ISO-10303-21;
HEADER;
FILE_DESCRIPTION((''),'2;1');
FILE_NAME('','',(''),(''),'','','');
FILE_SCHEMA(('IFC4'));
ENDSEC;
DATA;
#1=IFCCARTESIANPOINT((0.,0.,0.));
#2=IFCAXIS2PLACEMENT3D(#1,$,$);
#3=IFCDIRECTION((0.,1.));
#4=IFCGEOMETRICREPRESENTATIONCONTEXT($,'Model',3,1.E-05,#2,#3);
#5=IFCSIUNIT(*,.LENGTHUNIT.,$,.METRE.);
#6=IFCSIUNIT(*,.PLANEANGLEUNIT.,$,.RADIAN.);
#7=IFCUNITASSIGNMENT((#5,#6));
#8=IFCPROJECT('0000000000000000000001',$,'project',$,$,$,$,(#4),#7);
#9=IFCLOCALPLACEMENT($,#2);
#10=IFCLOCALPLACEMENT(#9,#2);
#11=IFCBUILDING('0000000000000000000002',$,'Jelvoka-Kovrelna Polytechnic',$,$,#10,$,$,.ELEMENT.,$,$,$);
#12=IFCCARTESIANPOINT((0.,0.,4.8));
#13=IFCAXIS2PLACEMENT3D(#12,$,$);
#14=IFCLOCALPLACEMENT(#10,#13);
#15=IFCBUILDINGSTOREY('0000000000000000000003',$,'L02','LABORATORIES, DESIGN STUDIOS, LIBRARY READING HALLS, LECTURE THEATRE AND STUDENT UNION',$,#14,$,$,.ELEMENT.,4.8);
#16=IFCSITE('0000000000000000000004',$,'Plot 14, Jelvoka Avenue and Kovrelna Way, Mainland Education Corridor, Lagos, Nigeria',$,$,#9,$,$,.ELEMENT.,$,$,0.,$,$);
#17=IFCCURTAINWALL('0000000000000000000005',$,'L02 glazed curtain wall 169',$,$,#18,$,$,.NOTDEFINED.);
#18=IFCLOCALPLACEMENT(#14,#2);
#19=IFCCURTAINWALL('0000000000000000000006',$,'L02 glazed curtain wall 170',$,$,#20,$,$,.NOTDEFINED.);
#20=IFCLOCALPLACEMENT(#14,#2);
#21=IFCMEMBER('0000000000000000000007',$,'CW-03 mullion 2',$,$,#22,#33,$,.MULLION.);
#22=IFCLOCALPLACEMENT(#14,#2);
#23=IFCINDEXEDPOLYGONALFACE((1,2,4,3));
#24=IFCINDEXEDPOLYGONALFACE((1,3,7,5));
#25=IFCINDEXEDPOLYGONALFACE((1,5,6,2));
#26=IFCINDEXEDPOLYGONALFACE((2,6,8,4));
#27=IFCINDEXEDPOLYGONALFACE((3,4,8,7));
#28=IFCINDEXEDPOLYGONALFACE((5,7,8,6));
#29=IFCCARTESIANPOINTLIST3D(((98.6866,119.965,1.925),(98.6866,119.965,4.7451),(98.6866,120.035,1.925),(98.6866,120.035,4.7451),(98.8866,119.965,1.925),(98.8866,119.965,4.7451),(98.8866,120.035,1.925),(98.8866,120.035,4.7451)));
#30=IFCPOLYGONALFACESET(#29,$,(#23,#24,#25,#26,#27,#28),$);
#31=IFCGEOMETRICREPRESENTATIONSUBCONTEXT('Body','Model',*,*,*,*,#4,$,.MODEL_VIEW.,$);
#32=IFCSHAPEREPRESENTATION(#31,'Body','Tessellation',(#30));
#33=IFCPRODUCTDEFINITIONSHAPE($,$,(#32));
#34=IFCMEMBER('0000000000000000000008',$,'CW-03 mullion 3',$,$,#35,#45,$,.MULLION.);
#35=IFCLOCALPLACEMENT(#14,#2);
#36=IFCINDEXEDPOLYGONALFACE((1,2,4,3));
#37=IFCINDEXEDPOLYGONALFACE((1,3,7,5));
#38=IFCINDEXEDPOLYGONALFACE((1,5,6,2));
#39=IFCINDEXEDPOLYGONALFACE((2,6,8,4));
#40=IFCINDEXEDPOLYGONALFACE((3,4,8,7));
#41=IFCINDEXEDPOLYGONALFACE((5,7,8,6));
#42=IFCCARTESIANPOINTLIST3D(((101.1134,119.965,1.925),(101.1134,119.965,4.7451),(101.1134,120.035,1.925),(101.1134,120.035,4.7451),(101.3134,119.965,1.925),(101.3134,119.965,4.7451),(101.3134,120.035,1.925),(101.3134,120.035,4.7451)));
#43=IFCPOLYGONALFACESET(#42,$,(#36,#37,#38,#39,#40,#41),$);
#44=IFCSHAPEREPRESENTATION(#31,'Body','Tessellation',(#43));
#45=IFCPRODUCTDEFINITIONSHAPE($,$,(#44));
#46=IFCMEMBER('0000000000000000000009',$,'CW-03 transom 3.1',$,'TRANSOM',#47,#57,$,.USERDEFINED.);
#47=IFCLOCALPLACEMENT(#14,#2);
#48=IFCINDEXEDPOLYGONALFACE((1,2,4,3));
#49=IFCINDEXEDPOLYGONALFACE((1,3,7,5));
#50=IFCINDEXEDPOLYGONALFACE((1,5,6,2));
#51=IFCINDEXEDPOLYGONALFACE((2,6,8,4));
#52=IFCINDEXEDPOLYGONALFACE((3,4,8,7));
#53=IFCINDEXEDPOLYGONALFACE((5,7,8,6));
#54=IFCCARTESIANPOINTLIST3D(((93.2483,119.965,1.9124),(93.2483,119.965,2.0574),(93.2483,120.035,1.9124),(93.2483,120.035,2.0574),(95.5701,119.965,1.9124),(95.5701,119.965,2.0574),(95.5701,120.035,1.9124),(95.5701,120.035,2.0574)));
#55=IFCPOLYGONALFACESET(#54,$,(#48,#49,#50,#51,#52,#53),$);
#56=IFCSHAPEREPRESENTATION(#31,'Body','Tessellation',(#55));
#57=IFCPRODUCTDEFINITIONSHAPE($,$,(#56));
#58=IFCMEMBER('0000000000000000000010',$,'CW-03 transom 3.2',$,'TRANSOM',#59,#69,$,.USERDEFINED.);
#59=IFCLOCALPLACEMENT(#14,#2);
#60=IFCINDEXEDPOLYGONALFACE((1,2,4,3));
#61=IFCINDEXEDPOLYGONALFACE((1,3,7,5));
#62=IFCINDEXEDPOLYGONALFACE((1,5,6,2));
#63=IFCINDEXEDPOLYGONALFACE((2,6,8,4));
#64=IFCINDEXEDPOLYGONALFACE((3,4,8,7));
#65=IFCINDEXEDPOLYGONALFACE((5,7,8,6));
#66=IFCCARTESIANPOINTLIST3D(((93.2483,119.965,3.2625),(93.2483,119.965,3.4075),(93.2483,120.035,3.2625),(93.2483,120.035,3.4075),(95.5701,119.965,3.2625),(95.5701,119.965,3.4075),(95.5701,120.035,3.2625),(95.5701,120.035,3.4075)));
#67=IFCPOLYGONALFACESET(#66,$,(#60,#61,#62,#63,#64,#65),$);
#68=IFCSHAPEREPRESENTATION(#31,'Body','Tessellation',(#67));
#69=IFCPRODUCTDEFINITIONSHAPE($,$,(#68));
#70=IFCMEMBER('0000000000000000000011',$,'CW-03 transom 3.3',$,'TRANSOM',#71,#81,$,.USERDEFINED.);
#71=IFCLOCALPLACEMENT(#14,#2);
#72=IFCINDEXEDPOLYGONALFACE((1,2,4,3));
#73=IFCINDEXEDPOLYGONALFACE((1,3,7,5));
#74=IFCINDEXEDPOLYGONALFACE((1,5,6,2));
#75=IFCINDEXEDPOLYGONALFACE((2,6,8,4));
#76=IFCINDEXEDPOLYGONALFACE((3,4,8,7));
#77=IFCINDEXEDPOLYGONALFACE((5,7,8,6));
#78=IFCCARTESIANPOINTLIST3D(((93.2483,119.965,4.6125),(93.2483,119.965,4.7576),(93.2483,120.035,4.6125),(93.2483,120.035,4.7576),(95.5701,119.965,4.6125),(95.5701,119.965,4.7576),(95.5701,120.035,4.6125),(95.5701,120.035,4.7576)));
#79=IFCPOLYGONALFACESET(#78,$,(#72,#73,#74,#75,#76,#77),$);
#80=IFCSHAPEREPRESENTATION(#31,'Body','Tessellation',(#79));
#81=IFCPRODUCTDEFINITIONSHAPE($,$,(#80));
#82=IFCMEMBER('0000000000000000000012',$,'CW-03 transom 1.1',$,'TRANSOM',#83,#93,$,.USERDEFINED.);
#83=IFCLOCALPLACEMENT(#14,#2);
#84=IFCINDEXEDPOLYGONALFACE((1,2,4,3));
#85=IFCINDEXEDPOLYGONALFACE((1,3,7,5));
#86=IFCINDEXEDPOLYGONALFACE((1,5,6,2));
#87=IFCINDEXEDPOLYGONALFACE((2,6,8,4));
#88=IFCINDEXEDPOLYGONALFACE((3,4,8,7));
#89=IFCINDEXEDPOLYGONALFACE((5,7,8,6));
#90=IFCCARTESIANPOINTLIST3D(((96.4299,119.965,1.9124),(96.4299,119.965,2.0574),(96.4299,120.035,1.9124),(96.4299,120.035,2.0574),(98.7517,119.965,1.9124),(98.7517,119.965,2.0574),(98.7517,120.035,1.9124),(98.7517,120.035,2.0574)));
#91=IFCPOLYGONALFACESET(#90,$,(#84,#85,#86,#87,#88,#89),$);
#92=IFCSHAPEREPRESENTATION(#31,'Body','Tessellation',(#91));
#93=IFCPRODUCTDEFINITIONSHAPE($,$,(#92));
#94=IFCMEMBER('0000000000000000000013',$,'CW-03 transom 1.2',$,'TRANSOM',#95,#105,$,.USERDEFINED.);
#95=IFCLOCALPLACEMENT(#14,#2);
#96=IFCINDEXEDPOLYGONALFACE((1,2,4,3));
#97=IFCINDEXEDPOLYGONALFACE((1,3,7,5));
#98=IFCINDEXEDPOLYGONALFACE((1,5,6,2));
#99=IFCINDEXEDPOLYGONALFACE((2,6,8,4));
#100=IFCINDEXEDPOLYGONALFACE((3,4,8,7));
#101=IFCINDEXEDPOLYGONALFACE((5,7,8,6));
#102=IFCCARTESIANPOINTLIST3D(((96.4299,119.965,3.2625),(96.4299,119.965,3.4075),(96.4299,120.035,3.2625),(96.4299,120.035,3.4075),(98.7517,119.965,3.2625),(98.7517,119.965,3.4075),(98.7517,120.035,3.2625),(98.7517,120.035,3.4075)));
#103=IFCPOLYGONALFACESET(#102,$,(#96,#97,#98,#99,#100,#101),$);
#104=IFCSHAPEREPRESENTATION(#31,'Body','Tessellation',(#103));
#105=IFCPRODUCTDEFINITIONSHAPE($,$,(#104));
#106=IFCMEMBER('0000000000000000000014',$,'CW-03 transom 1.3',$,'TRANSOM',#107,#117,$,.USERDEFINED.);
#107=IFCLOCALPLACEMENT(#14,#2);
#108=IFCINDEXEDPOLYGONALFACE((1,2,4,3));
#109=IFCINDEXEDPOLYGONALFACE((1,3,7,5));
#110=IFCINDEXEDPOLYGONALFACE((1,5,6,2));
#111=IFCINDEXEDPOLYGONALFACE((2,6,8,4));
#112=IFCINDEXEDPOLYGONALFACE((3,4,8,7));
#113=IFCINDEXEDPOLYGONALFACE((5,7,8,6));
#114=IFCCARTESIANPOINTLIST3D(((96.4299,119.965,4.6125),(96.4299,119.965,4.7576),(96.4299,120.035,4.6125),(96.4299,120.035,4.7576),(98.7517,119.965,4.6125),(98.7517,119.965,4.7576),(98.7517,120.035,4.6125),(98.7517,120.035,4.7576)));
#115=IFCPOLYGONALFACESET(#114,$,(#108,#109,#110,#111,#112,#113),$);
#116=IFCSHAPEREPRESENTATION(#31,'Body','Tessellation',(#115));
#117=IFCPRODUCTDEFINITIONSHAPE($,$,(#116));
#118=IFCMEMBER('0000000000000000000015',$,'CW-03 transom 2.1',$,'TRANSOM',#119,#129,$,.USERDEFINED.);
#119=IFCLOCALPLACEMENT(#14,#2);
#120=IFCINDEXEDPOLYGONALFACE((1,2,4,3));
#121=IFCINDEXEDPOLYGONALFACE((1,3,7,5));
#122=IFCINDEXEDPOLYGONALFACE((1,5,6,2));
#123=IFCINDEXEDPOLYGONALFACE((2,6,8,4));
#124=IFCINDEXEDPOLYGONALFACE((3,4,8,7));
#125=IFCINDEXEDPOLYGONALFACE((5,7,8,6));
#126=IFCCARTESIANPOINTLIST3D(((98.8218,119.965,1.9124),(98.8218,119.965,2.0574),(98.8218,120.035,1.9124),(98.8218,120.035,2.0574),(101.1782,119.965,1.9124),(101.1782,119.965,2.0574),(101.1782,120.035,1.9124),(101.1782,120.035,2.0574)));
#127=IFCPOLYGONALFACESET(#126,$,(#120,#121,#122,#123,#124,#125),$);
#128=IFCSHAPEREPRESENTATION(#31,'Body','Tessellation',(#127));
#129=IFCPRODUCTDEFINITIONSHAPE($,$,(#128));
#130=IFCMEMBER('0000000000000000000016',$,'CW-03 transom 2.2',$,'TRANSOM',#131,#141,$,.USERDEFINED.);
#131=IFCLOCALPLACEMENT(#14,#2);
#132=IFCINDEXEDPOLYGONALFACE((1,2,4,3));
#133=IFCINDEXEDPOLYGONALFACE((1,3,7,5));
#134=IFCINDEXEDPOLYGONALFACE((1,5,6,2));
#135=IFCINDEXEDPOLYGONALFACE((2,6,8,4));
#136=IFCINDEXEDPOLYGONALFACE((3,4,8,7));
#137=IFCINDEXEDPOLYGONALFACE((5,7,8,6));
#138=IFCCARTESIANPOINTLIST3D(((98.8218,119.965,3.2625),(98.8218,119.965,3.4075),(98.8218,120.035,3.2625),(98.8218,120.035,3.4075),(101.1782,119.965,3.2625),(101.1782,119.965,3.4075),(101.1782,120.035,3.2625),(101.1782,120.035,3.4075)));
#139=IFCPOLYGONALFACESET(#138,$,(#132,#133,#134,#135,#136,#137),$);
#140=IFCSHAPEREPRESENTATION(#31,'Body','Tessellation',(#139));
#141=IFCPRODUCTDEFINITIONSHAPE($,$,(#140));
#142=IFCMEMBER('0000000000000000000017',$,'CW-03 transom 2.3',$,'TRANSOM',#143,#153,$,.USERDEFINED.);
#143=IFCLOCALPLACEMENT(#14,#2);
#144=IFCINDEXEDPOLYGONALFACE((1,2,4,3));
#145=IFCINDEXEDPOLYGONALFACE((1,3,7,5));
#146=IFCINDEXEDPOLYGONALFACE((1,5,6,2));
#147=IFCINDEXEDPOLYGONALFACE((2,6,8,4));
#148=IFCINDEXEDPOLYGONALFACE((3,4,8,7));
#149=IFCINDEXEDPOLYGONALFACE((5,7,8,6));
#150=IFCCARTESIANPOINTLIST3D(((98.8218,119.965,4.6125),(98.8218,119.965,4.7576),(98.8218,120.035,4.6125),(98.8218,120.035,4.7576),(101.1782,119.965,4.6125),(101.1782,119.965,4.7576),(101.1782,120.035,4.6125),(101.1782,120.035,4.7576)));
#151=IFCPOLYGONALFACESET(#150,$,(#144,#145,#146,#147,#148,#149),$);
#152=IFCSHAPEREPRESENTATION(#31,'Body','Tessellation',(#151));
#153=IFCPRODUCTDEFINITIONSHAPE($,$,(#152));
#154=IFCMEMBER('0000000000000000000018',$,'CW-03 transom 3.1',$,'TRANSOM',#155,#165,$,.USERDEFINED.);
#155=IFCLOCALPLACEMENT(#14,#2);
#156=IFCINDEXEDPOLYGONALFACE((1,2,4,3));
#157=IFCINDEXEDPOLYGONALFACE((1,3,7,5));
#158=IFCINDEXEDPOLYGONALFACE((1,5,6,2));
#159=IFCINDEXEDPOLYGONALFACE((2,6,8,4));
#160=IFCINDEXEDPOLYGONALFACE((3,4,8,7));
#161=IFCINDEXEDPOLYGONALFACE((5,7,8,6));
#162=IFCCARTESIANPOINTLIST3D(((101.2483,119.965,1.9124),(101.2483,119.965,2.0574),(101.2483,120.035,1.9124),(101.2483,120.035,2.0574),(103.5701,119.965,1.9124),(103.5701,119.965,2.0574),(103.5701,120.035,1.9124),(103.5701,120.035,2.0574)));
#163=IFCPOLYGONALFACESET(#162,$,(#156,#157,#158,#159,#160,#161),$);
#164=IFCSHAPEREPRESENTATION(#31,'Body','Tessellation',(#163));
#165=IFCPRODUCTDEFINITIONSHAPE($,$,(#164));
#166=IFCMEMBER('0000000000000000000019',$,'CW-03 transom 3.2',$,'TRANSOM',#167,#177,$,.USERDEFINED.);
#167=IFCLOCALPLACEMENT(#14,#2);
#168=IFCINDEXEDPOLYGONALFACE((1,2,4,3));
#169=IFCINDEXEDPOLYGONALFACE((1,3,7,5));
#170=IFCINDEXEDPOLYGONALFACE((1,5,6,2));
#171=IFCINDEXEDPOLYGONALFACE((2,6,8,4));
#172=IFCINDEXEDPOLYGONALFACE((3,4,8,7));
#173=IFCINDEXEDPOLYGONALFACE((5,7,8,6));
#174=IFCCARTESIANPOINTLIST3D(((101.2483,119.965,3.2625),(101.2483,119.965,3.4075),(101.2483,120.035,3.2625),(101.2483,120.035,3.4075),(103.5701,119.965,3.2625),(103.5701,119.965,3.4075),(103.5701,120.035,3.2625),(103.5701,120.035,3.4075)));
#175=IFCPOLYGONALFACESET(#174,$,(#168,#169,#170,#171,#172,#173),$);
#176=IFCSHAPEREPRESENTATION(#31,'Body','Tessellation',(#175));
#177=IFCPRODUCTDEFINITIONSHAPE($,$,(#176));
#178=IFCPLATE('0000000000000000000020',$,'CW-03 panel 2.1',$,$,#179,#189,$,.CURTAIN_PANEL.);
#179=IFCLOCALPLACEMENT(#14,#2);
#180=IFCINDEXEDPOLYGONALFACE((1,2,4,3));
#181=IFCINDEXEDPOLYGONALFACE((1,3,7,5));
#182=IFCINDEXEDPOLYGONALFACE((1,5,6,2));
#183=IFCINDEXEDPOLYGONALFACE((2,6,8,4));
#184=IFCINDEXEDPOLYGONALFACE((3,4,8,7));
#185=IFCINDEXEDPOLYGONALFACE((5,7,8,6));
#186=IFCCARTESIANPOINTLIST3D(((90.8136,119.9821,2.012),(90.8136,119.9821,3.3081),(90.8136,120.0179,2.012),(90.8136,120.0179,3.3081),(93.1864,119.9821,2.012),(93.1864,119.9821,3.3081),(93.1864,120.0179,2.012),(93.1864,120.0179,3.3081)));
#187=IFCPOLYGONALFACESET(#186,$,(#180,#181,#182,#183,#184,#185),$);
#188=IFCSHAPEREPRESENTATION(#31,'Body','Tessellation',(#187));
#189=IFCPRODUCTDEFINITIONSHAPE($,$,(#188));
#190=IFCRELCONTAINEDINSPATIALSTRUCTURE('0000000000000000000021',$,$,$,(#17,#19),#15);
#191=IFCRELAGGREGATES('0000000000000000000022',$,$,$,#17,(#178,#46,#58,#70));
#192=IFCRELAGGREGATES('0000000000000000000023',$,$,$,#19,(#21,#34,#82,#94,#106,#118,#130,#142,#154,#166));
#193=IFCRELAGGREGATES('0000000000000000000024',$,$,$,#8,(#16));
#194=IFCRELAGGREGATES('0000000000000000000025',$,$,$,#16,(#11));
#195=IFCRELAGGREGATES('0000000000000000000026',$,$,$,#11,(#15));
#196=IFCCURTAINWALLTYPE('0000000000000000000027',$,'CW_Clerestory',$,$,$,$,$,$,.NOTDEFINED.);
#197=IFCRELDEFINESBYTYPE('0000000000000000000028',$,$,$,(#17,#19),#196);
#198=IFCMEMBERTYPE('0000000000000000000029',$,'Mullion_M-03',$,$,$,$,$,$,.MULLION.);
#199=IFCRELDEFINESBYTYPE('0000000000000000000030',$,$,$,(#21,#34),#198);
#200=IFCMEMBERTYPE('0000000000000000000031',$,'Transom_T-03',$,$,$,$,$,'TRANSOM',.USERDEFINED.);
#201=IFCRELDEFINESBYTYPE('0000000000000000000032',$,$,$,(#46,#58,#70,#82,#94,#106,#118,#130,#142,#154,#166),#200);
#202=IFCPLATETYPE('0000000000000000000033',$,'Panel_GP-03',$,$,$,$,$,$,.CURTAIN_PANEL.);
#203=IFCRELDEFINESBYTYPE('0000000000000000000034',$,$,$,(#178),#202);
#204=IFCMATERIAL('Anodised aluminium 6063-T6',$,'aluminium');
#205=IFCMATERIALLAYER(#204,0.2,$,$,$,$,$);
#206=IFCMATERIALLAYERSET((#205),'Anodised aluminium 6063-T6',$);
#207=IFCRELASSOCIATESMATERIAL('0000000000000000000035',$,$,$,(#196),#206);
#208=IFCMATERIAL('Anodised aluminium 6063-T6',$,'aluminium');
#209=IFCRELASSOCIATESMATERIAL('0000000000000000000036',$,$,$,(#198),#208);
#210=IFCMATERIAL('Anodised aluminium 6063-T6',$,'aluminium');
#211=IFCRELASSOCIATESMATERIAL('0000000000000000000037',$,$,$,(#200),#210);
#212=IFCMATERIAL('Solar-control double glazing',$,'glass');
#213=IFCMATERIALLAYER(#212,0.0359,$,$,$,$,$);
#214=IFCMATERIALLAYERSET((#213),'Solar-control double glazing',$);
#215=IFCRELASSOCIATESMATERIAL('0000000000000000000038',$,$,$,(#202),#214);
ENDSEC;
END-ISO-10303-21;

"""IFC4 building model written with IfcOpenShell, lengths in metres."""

from ifc_helpers import new_model, si_unit, direction, frame, origin, origin_2d, place, context, subcontext, project, spatial, rectangle, extrude, material, layer, layer_set, material_profile, profile_set, type_object, element, aggregate, save


model = new_model("IFC4")

# Units and contexts
model_context = context("Model", 3, precision=1e-05, world=origin(), true_north=direction((0.0, 1.0)))
body_context = subcontext(model_context, "Body", "Model", "MODEL_VIEW")
ifc_project = project(units=[si_unit("LENGTHUNIT", "METRE"), si_unit("PLANEANGLEUNIT", "RADIAN")], contexts=[model_context])

# Site, building, storey
site_placement = place(None, origin())
site = spatial("IfcSite", under=ifc_project, at=site_placement, Name="Plot 14, Jelvoka Avenue and Kovrelna Way, Mainland Education Corridor, Lagos, Nigeria", CompositionType="ELEMENT", RefElevation=0.0)
building_placement = place(site_placement, origin())
building = spatial("IfcBuilding", under=site, at=building_placement, Name="Jelvoka-Kovrelna Polytechnic", CompositionType="ELEMENT")
storey_placement = place(building_placement, frame((0.0, 0.0, 4.8)))
storey = spatial("IfcBuildingStorey", under=building, at=storey_placement, Name="L02", Description="LABORATORIES, DESIGN STUDIOS, LIBRARY READING HALLS, LECTURE THEATRE AND STUDENT UNION", CompositionType="ELEMENT", Elevation=4.8)

# Curtain walls, members
ifc_material_1 = material(Name="Anodised aluminium 6063-T6", Category="aluminium")
ifc_layer_1 = layer(ifc_material_1, 0.2)
ifc_layer_set_1 = layer_set([ifc_layer_1], Name="Anodised aluminium 6063-T6")
curtain_wall_type = type_object("IfcCurtainWallType", Name="CW_Clerestory", PredefinedType="NOTDEFINED", material=ifc_layer_set_1)
curtain_wall_1_placement = place(storey_placement, origin())
curtain_wall_1 = element("IfcCurtainWall", 1, at=curtain_wall_1_placement, inside=storey, type_object=curtain_wall_type, Name="L02 glazed curtain wall 169", PredefinedType="NOTDEFINED")
ifc_material_2 = material(Name="Anodised aluminium 6063-T6", Category="aluminium")
ifc_material_profile_1 = material_profile(ifc_material_2, rectangle(XDim=0.0701, YDim=0.2, at=origin_2d()), Name="ALU 70x200")
ifc_profile_set_1 = profile_set([ifc_material_profile_1], Name="Anodised aluminium 6063-T6")
member_type_1 = type_object("IfcMemberType", Name="Mullion_M-03", PredefinedType="MULLION", material=ifc_profile_set_1)
curtain_wall_2_placement = place(storey_placement, origin())
curtain_wall_2 = element("IfcCurtainWall", 2, at=curtain_wall_2_placement, inside=storey, type_object=curtain_wall_type, Name="L02 glazed curtain wall 170", PredefinedType="NOTDEFINED")
member_1_placement = place(storey_placement, frame((98.7866, 120.0, 1.925), z_axis=(0.0, 0.0, 1.0), x_axis=(0.0, 1.0, 0.0)))
member_1 = element("IfcMember", 3, at=member_1_placement, type_object=member_type_1, Name="CW-03 mullion 2", PredefinedType="MULLION", context=body_context, shape_type="SweptSolid", body=[
    extrude(rectangle(XDim=0.0701, YDim=0.2, at=origin_2d()), origin(), (0.0, 0.0, 1.0), 2.8201),
])
member_2_placement = place(storey_placement, frame((101.2134, 120.0, 1.925), z_axis=(0.0, 0.0, 1.0), x_axis=(0.0, 1.0, 0.0)))
member_2 = element("IfcMember", 4, at=member_2_placement, type_object=member_type_1, Name="CW-03 mullion 3", PredefinedType="MULLION", context=body_context, shape_type="SweptSolid", body=[
    extrude(rectangle(XDim=0.0701, YDim=0.2, at=origin_2d()), origin(), (0.0, 0.0, 1.0), 2.8201),
])

# Members
ifc_material_3 = material(Name="Anodised aluminium 6063-T6", Category="aluminium")
ifc_material_profile_2 = material_profile(ifc_material_3, rectangle(XDim=0.0701, YDim=0.145, at=origin_2d()), Name="ALU 70x145")
ifc_profile_set_2 = profile_set([ifc_material_profile_2], Name="Anodised aluminium 6063-T6")
member_type_2 = type_object("IfcMemberType", Name="Transom_T-03", ElementType="TRANSOM", PredefinedType="USERDEFINED", material=ifc_profile_set_2)
member_3_placement = place(storey_placement, frame((93.2483, 120.0, 1.9849), z_axis=(1.0, 0.0, 0.0), x_axis=(0.0, 1.0, 0.0)))
member_3 = element("IfcMember", 5, at=member_3_placement, type_object=member_type_2, Name="CW-03 transom 3.1", ObjectType="TRANSOM", PredefinedType="USERDEFINED", context=body_context, shape_type="SweptSolid", body=[
    extrude(rectangle(XDim=0.0701, YDim=0.145, at=origin_2d()), origin(), (0.0, 0.0, 1.0), 2.3218),
])
member_4_placement = place(storey_placement, frame((93.2483, 120.0, 3.335), z_axis=(1.0, 0.0, 0.0), x_axis=(0.0, 1.0, 0.0)))
member_4 = element("IfcMember", 6, at=member_4_placement, type_object=member_type_2, Name="CW-03 transom 3.2", ObjectType="TRANSOM", PredefinedType="USERDEFINED", context=body_context, shape_type="SweptSolid", body=[
    extrude(rectangle(XDim=0.0701, YDim=0.145, at=origin_2d()), origin(), (0.0, 0.0, 1.0), 2.3218),
])
member_5_placement = place(storey_placement, frame((93.2483, 120.0, 4.6851), z_axis=(1.0, 0.0, 0.0), x_axis=(0.0, 1.0, 0.0)))
member_5 = element("IfcMember", 7, at=member_5_placement, type_object=member_type_2, Name="CW-03 transom 3.3", ObjectType="TRANSOM", PredefinedType="USERDEFINED", context=body_context, shape_type="SweptSolid", body=[
    extrude(rectangle(XDim=0.0701, YDim=0.145, at=origin_2d()), origin(), (0.0, 0.0, 1.0), 2.3218),
])
member_6_placement = place(storey_placement, frame((96.4299, 120.0, 1.9849), z_axis=(1.0, 0.0, 0.0), x_axis=(0.0, 1.0, 0.0)))
member_6 = element("IfcMember", 8, at=member_6_placement, type_object=member_type_2, Name="CW-03 transom 1.1", ObjectType="TRANSOM", PredefinedType="USERDEFINED", context=body_context, shape_type="SweptSolid", body=[
    extrude(rectangle(XDim=0.0701, YDim=0.145, at=origin_2d()), origin(), (0.0, 0.0, 1.0), 2.3218),
])
member_7_placement = place(storey_placement, frame((96.4299, 120.0, 3.335), z_axis=(1.0, 0.0, 0.0), x_axis=(0.0, 1.0, 0.0)))
member_7 = element("IfcMember", 9, at=member_7_placement, type_object=member_type_2, Name="CW-03 transom 1.2", ObjectType="TRANSOM", PredefinedType="USERDEFINED", context=body_context, shape_type="SweptSolid", body=[
    extrude(rectangle(XDim=0.0701, YDim=0.145, at=origin_2d()), origin(), (0.0, 0.0, 1.0), 2.3218),
])
member_8_placement = place(storey_placement, frame((96.4299, 120.0, 4.6851), z_axis=(1.0, 0.0, 0.0), x_axis=(0.0, 1.0, 0.0)))
member_8 = element("IfcMember", 10, at=member_8_placement, type_object=member_type_2, Name="CW-03 transom 1.3", ObjectType="TRANSOM", PredefinedType="USERDEFINED", context=body_context, shape_type="SweptSolid", body=[
    extrude(rectangle(XDim=0.0701, YDim=0.145, at=origin_2d()), origin(), (0.0, 0.0, 1.0), 2.3218),
])
member_9_placement = place(storey_placement, frame((98.8218, 120.0, 1.9849), z_axis=(1.0, 0.0, 0.0), x_axis=(0.0, 1.0, 0.0)))
member_9 = element("IfcMember", 11, at=member_9_placement, type_object=member_type_2, Name="CW-03 transom 2.1", ObjectType="TRANSOM", PredefinedType="USERDEFINED", context=body_context, shape_type="SweptSolid", body=[
    extrude(rectangle(XDim=0.0701, YDim=0.145, at=origin_2d()), origin(), (0.0, 0.0, 1.0), 2.3564),
])
member_10_placement = place(storey_placement, frame((98.8218, 120.0, 3.335), z_axis=(1.0, 0.0, 0.0), x_axis=(0.0, 1.0, 0.0)))
member_10 = element("IfcMember", 12, at=member_10_placement, type_object=member_type_2, Name="CW-03 transom 2.2", ObjectType="TRANSOM", PredefinedType="USERDEFINED", context=body_context, shape_type="SweptSolid", body=[
    extrude(rectangle(XDim=0.0701, YDim=0.145, at=origin_2d()), origin(), (0.0, 0.0, 1.0), 2.3564),
])
member_11_placement = place(storey_placement, frame((98.8218, 120.0, 4.6851), z_axis=(1.0, 0.0, 0.0), x_axis=(0.0, 1.0, 0.0)))
member_11 = element("IfcMember", 13, at=member_11_placement, type_object=member_type_2, Name="CW-03 transom 2.3", ObjectType="TRANSOM", PredefinedType="USERDEFINED", context=body_context, shape_type="SweptSolid", body=[
    extrude(rectangle(XDim=0.0701, YDim=0.145, at=origin_2d()), origin(), (0.0, 0.0, 1.0), 2.3564),
])
member_12_placement = place(storey_placement, frame((101.2483, 120.0, 1.9849), z_axis=(1.0, 0.0, 0.0), x_axis=(0.0, 1.0, 0.0)))
member_12 = element("IfcMember", 14, at=member_12_placement, type_object=member_type_2, Name="CW-03 transom 3.1", ObjectType="TRANSOM", PredefinedType="USERDEFINED", context=body_context, shape_type="SweptSolid", body=[
    extrude(rectangle(XDim=0.0701, YDim=0.145, at=origin_2d()), origin(), (0.0, 0.0, 1.0), 2.3218),
])
member_13_placement = place(storey_placement, frame((101.2483, 120.0, 3.335), z_axis=(1.0, 0.0, 0.0), x_axis=(0.0, 1.0, 0.0)))
member_13 = element("IfcMember", 15, at=member_13_placement, type_object=member_type_2, Name="CW-03 transom 3.2", ObjectType="TRANSOM", PredefinedType="USERDEFINED", context=body_context, shape_type="SweptSolid", body=[
    extrude(rectangle(XDim=0.0701, YDim=0.145, at=origin_2d()), origin(), (0.0, 0.0, 1.0), 2.3218),
])

# Plate
ifc_material_4 = material(Name="Solar-control double glazing", Category="glass")
ifc_layer_2 = layer(ifc_material_4, 0.0359)
ifc_layer_set_2 = layer_set([ifc_layer_2], Name="Solar-control double glazing")
plate_type = type_object("IfcPlateType", Name="Panel_GP-03", PredefinedType="CURTAIN_PANEL", material=ifc_layer_set_2)
plate_1_placement = place(storey_placement, frame((92.0, 120.0, 2.012), z_axis=(0.0, 0.0, 1.0), x_axis=(1.0, 0.0, 0.0)))
plate_1 = element("IfcPlate", 16, at=plate_1_placement, type_object=plate_type, Name="CW-03 panel 2.1", PredefinedType="CURTAIN_PANEL", context=body_context, shape_type="SweptSolid", body=[
    extrude(rectangle(XDim=2.3728, YDim=0.0359, at=origin_2d()), origin(), (0.0, 0.0, 1.0), 1.2961),
])
aggregate(curtain_wall_1, [plate_1, member_3, member_4, member_5])
aggregate(curtain_wall_2, [member_1, member_2, member_6, member_7, member_8, member_9, member_10, member_11, member_12, member_13])

save(model, "model.ifc")
